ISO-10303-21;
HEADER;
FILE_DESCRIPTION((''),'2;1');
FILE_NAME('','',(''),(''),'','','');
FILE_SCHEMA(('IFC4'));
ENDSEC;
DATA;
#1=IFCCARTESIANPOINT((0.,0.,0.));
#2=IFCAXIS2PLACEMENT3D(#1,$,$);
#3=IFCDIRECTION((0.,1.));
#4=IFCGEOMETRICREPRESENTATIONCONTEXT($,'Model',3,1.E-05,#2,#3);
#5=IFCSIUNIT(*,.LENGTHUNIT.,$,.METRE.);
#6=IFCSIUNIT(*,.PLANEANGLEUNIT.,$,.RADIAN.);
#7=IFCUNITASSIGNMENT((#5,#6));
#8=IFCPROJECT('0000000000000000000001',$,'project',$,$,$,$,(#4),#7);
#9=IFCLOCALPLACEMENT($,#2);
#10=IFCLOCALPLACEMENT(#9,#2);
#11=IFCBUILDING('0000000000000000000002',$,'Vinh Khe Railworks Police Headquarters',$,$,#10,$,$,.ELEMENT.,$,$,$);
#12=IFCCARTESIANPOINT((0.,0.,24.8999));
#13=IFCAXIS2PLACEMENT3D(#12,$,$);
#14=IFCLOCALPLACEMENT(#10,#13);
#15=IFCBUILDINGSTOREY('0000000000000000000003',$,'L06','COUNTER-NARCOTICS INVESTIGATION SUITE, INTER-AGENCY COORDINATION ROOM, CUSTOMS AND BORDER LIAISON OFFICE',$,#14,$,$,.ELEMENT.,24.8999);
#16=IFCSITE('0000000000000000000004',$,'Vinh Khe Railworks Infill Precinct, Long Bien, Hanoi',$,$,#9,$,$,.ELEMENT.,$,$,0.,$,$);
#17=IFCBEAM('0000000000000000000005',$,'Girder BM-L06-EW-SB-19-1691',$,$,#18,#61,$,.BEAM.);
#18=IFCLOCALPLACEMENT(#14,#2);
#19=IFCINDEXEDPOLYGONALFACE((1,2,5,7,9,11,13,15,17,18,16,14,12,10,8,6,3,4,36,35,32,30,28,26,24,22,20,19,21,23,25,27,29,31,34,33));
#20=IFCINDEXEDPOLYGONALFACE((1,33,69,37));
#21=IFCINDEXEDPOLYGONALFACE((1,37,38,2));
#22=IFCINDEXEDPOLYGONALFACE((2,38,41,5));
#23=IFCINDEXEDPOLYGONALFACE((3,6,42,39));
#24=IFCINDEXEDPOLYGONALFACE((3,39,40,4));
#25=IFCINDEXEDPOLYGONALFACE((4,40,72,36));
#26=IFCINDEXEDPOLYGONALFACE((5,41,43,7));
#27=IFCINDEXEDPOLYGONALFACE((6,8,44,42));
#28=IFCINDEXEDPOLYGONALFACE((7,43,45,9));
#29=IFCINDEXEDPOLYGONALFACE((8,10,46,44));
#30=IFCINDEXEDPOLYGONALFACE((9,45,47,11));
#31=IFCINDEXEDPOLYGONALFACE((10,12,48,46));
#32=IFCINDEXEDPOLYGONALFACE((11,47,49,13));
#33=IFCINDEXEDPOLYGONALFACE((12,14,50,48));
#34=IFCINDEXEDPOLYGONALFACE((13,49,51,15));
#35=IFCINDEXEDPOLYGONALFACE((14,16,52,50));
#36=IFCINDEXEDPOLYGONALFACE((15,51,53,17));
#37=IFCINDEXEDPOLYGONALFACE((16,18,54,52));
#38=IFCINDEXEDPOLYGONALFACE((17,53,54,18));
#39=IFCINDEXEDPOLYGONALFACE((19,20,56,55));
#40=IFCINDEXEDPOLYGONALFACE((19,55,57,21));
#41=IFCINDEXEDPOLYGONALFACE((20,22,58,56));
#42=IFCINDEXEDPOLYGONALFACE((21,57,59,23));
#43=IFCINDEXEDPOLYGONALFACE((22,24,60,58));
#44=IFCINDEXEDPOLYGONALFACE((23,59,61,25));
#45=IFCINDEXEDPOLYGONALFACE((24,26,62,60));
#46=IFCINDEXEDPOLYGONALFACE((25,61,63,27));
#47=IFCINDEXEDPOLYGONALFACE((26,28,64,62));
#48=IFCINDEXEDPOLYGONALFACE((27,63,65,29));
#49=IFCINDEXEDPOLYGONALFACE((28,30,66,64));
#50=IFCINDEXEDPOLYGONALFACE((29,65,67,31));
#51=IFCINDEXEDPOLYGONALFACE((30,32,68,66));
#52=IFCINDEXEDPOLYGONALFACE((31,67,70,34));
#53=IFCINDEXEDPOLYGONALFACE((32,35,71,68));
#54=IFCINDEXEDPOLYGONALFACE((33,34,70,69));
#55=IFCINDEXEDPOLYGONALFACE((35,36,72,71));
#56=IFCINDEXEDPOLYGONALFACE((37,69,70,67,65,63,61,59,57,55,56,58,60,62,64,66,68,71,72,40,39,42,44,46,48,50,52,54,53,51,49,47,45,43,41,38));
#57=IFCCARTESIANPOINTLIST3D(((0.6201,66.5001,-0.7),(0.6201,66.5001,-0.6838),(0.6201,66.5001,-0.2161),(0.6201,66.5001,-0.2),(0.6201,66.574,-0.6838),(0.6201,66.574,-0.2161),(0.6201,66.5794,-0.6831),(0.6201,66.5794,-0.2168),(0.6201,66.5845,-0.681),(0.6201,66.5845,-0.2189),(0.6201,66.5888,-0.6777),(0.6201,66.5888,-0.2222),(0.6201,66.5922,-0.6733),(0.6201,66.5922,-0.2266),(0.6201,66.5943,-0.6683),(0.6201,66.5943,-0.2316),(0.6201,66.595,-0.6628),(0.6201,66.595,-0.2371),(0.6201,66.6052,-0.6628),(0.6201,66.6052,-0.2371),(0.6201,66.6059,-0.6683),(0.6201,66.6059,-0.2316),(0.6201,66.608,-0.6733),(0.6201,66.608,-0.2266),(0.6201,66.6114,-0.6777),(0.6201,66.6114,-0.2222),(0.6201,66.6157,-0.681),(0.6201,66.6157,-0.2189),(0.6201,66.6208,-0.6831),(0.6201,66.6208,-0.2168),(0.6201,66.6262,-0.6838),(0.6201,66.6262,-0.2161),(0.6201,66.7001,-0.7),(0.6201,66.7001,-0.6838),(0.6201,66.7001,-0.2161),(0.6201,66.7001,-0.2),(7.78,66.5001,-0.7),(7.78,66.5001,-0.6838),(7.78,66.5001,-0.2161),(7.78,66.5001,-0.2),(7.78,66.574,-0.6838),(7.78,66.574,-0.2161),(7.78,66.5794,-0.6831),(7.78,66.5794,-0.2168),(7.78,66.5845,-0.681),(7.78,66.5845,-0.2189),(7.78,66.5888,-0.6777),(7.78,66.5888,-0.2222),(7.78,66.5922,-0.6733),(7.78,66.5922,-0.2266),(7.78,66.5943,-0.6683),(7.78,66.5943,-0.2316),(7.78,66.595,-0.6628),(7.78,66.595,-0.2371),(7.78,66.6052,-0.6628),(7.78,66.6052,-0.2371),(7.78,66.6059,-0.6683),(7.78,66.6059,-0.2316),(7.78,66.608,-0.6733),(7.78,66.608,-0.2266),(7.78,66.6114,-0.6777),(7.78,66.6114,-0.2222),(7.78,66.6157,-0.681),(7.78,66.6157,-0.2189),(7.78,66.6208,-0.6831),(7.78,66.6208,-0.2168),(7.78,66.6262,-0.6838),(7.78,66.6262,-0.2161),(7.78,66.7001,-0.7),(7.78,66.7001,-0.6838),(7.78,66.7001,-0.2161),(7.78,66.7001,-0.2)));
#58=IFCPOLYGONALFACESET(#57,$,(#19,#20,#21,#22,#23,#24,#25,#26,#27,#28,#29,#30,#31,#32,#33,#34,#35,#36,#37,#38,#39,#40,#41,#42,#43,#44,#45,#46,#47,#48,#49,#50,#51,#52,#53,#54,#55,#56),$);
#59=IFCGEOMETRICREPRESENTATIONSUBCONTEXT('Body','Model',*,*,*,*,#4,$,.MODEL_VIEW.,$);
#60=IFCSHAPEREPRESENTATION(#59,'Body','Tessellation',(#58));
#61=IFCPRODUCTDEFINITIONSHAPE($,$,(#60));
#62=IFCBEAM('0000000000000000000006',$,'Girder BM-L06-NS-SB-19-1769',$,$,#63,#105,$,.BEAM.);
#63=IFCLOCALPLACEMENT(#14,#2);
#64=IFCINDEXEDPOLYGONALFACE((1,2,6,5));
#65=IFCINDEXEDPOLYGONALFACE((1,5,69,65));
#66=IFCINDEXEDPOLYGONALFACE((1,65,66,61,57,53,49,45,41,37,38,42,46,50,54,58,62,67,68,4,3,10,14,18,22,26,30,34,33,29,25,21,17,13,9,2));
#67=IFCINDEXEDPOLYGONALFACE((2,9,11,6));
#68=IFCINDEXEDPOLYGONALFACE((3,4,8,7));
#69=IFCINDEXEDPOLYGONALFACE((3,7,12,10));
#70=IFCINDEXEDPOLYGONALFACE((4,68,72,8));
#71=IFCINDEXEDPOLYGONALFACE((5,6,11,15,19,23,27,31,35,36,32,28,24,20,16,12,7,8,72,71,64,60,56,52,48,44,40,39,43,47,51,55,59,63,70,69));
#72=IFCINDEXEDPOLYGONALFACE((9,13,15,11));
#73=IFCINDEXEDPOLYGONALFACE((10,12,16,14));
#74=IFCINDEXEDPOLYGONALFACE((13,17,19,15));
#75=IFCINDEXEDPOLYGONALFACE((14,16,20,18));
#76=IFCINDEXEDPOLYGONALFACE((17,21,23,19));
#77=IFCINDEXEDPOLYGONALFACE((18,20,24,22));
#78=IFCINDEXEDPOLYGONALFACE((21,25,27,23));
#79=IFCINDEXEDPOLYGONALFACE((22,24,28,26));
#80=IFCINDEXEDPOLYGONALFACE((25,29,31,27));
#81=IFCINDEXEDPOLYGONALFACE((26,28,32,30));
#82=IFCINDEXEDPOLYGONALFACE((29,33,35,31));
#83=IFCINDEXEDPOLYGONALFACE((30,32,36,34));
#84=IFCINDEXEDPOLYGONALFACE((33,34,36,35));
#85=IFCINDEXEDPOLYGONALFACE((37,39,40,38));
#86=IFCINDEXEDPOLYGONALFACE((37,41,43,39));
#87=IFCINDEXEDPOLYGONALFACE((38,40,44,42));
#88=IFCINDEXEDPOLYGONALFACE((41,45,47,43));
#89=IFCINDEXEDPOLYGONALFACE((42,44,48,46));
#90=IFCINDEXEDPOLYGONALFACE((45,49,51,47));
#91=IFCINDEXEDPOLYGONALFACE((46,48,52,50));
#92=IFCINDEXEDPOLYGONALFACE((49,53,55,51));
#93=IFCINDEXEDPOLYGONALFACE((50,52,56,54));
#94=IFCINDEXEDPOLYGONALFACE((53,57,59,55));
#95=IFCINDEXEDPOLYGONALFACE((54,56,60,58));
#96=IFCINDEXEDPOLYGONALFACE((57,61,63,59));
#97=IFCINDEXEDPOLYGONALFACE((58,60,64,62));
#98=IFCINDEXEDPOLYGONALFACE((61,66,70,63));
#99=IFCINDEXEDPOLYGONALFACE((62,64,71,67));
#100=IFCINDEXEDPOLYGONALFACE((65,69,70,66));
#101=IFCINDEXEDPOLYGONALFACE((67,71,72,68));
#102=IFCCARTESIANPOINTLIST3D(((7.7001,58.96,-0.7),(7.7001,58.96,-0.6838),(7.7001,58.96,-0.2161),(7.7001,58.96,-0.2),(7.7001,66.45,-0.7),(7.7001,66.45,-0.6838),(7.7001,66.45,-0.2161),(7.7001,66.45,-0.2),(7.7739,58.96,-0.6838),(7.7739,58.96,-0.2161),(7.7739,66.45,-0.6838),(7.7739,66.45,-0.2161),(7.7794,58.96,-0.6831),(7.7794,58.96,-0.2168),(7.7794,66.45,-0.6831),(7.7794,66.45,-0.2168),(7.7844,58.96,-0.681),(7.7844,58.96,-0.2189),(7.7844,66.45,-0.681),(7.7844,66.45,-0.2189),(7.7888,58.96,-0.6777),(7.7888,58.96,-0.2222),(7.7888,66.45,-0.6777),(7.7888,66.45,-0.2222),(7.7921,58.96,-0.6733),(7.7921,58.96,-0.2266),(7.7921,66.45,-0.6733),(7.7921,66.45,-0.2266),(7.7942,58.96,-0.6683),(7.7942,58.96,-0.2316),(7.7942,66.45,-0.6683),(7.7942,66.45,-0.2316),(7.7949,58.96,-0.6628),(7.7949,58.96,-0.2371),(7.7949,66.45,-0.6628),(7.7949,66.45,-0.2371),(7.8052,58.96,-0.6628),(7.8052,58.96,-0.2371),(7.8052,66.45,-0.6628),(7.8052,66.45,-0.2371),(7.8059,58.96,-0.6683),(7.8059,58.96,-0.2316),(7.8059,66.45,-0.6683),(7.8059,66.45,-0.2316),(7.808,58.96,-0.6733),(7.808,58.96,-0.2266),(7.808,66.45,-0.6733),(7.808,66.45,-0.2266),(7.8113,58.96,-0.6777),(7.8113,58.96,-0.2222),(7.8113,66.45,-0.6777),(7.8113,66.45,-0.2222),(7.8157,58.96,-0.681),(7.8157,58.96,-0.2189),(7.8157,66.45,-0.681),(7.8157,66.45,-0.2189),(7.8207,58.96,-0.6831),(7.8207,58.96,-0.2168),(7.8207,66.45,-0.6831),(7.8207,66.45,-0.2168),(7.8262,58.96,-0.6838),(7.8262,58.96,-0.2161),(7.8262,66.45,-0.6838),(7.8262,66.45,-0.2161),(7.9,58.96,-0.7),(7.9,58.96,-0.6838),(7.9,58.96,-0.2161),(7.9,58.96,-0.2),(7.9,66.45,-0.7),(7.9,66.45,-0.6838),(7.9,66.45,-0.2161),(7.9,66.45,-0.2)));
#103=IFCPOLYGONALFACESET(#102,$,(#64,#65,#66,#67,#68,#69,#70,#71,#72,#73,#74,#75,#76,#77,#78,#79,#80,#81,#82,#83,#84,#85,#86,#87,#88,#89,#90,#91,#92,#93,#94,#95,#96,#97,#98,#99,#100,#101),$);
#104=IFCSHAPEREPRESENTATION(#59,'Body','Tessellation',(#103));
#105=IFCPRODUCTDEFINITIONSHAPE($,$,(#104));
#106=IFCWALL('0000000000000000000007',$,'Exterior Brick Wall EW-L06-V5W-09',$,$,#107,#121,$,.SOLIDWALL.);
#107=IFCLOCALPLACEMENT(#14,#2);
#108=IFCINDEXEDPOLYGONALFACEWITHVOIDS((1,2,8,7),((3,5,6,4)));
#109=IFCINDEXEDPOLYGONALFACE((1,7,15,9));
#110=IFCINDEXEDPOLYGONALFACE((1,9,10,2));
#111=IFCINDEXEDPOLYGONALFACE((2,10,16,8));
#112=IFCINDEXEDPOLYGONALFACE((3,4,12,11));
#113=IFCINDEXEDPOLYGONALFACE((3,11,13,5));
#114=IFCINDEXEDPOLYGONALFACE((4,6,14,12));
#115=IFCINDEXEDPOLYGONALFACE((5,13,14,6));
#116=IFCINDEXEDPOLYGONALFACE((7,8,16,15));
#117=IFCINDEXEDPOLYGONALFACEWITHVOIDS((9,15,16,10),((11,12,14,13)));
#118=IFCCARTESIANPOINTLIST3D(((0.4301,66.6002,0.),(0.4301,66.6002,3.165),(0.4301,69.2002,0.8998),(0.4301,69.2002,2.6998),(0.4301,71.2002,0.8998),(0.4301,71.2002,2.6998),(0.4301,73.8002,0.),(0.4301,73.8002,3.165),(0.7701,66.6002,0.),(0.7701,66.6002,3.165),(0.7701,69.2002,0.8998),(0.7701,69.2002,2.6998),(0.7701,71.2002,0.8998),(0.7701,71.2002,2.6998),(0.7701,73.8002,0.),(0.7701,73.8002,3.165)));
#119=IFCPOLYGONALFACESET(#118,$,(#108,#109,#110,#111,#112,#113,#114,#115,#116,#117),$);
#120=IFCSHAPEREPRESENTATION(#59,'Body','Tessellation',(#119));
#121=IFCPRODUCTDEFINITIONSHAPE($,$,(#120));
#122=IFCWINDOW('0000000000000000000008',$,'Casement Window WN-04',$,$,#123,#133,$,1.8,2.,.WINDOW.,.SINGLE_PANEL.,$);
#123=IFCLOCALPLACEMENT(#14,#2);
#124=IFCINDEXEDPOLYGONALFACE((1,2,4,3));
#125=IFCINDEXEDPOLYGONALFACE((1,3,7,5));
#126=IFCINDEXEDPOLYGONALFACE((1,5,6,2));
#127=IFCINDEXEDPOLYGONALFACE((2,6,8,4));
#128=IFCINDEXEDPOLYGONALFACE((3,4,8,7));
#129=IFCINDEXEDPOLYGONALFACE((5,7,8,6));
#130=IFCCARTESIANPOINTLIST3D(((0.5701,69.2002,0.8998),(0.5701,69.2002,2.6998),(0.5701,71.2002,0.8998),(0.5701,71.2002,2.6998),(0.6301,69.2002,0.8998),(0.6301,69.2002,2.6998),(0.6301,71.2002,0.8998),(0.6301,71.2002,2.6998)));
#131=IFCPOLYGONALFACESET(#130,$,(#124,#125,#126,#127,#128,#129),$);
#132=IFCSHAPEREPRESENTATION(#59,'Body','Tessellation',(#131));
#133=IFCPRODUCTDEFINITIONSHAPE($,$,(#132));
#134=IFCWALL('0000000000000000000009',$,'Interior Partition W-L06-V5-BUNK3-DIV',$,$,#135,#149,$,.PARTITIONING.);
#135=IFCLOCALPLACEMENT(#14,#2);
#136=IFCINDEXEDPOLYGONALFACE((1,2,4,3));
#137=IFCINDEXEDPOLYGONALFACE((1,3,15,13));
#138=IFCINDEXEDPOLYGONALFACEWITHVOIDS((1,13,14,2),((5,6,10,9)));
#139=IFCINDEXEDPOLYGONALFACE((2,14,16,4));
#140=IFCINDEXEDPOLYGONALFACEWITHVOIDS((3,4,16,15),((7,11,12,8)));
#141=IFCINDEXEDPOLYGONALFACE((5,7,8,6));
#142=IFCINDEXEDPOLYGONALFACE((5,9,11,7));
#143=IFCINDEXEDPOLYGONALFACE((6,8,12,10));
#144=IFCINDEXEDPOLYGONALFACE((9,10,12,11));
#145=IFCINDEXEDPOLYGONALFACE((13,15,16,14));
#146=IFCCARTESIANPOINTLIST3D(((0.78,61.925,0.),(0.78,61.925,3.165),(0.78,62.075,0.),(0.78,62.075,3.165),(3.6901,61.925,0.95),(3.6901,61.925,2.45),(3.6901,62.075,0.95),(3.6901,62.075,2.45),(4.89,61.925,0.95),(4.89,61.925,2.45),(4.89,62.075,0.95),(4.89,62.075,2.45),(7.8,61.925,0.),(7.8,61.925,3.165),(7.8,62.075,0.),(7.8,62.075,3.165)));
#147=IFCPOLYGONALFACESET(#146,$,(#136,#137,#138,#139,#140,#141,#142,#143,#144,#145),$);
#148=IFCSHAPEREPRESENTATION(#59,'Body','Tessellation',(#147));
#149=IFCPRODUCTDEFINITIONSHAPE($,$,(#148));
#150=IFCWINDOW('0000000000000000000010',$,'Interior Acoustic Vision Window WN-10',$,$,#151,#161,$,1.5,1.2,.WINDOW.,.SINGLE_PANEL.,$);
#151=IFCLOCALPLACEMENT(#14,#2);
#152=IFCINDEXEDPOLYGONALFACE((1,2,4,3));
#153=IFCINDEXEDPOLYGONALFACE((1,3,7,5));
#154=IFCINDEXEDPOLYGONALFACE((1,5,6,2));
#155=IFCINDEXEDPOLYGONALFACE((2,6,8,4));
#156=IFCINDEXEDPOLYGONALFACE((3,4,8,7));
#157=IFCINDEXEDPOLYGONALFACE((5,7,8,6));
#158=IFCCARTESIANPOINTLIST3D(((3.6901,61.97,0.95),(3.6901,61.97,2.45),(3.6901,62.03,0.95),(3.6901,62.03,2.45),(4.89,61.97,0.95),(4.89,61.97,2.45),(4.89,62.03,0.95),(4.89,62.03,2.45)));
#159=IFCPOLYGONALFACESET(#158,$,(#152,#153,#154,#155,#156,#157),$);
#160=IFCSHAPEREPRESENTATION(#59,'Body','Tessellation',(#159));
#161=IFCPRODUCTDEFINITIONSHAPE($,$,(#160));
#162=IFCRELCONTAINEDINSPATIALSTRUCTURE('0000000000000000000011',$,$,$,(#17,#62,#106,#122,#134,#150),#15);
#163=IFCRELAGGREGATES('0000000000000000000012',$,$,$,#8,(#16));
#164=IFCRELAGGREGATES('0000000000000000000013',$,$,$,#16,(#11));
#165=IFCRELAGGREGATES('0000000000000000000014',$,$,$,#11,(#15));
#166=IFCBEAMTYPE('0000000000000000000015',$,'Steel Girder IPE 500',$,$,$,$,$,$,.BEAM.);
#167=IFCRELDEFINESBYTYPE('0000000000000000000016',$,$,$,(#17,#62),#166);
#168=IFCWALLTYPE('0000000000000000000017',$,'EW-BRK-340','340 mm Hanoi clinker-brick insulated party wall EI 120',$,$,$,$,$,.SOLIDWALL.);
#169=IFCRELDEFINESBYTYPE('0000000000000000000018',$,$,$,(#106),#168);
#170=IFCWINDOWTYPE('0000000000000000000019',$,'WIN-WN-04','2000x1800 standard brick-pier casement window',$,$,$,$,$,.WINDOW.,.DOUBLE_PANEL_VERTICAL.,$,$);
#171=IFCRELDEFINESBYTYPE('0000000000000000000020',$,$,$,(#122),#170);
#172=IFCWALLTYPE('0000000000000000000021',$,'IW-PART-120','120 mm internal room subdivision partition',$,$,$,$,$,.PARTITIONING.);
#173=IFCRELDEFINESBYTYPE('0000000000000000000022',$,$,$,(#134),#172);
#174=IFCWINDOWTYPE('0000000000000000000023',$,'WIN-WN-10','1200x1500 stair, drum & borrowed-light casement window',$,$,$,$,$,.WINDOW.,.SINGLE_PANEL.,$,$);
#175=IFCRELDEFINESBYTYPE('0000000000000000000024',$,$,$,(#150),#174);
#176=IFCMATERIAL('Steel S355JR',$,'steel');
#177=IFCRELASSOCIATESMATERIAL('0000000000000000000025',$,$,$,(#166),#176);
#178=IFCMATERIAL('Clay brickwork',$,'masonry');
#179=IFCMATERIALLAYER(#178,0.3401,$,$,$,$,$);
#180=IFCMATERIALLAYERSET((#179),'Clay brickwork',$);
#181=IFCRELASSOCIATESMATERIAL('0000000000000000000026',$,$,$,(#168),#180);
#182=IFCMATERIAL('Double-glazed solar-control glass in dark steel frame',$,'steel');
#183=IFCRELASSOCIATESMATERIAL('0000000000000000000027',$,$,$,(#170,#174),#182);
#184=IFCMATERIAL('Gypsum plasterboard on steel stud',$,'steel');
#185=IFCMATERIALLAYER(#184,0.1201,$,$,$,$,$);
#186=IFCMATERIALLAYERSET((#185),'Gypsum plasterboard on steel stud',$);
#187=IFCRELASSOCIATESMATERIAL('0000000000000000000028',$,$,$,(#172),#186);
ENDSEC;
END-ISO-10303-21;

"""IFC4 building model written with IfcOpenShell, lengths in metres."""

from ifc_helpers import new_model, si_unit, direction, frame, frame_2d, origin, origin_2d, place, context, subcontext, project, spatial, rectangle, i_section, extrude, material, layer, layer_set, material_profile, profile_set, type_object, element, fill, save


model = new_model("IFC4")

# Units and contexts
model_context = context("Model", 3, precision=1e-05, world=origin(), true_north=direction((0.0, 1.0)))
body_context = subcontext(model_context, "Body", "Model", "MODEL_VIEW")
ifc_project = project(units=[si_unit("LENGTHUNIT", "METRE"), si_unit("PLANEANGLEUNIT", "RADIAN")], contexts=[model_context])

# Site, building, storey
site_placement = place(None, origin())
site = spatial("IfcSite", under=ifc_project, at=site_placement, Name="Vinh Khe Railworks Infill Precinct, Long Bien, Hanoi", CompositionType="ELEMENT", RefElevation=0.0)
building_placement = place(site_placement, origin())
building = spatial("IfcBuilding", under=site, at=building_placement, Name="Vinh Khe Railworks Police Headquarters", CompositionType="ELEMENT")
storey_placement = place(building_placement, frame((0.0, 0.0, 24.8999)))
storey = spatial("IfcBuildingStorey", under=building, at=storey_placement, Name="L06", Description="COUNTER-NARCOTICS INVESTIGATION SUITE, INTER-AGENCY COORDINATION ROOM, CUSTOMS AND BORDER LIAISON OFFICE", CompositionType="ELEMENT", Elevation=24.8999)

# Shared definitions
ifc_material_1 = material(Name="Steel S355JR", Category="steel")

# Beams
ifc_material_profile_1 = material_profile(ifc_material_1, i_section(OverallWidth=0.2, OverallDepth=0.5, WebThickness=0.0103, FlangeThickness=0.0161, FilletRadius=0.021, at=origin_2d()), Name="IPE 500")
ifc_profile_set_1 = profile_set([ifc_material_profile_1], Name="Steel S355JR")
beam_type_1 = type_object("IfcBeamType", Name="Steel Girder IPE 500", PredefinedType="BEAM", material=ifc_profile_set_1)
beam_1_placement = place(storey_placement, frame((0.6201, 66.6001, -0.45), z_axis=(1.0, 0.0, 0.0), x_axis=(0.0, 1.0, 0.0)))
element("IfcBeam", 1, at=beam_1_placement, inside=storey, type_object=beam_type_1, Name="Girder BM-L06-EW-SB-19-1691", PredefinedType="BEAM", context=body_context, shape_type="SweptSolid", body=[
    extrude(i_section(OverallWidth=0.2, OverallDepth=0.5, WebThickness=0.0103, FlangeThickness=0.0161, FilletRadius=0.021, at=origin_2d()), origin(), (0.0, 0.0, 1.0), 7.1599),
])
beam_2_placement = place(storey_placement, frame((7.8, 58.96, -0.45), z_axis=(0.0, 1.0, 0.0), x_axis=(-1.0, 0.0, 0.0)))
element("IfcBeam", 2, at=beam_2_placement, inside=storey, type_object=beam_type_1, Name="Girder BM-L06-NS-SB-19-1769", PredefinedType="BEAM", context=body_context, shape_type="SweptSolid", body=[
    extrude(i_section(OverallWidth=0.2, OverallDepth=0.5, WebThickness=0.0103, FlangeThickness=0.0161, FilletRadius=0.021, at=origin_2d()), origin(), (0.0, 0.0, 1.0), 7.49),
])

# Walls, openings, windows
ifc_material_2 = material(Name="Clay brickwork", Category="masonry")
ifc_layer_1 = layer(ifc_material_2, 0.3401)
ifc_layer_set_1 = layer_set([ifc_layer_1], Name="Clay brickwork")
wall_type_1 = type_object("IfcWallType", Name="EW-BRK-340", Description="340 mm Hanoi clinker-brick insulated party wall EI 120", PredefinedType="SOLIDWALL", material=ifc_layer_set_1)
wall_1_placement = place(storey_placement, frame((0.6001, 66.6001, 0.0), z_axis=(0.0, 0.0, 1.0), x_axis=(0.0, 1.0, 0.0)))
wall_1 = element("IfcWall", 3, at=wall_1_placement, inside=storey, type_object=wall_type_1, Name="Exterior Brick Wall EW-L06-V5W-09", PredefinedType="SOLIDWALL", context=body_context, shape_type="SweptSolid", body=[
    extrude(rectangle(XDim=7.2, YDim=0.3401, at=frame_2d((3.6001, 0.0))), origin(), (0.0, 0.0, 1.0), 3.165),
])
opening_1_placement = place(wall_1_placement, frame((2.6001, 0.0, 0.8999)))
opening_1 = element("IfcOpeningElement", 4, at=opening_1_placement, cuts=wall_1, PredefinedType="OPENING", context=body_context, shape_type="SweptSolid", body=[
    extrude(rectangle(XDim=2.0, YDim=1.8, at=frame_2d((1.0, 0.8999))), frame((0.0, 0.1851, 0.0), z_axis=(0.0, -1.0, 0.0), x_axis=(1.0, 0.0, 0.0)), (0.0, 0.0, 1.0), 0.3699),
])
ifc_material_3 = material(Name="Double-glazed solar-control glass in dark steel frame", Category="steel")
window_type_1 = type_object("IfcWindowType", Name="WIN-WN-04", Description="2000x1800 standard brick-pier casement window", PartitioningType="DOUBLE_PANEL_VERTICAL", PredefinedType="WINDOW", material=ifc_material_3)
window_1_placement = place(opening_1_placement, origin())
window_1 = element("IfcWindow", 5, at=window_1_placement, inside=storey, type_object=window_type_1, Name="Casement Window WN-04", OverallHeight=1.8, OverallWidth=2.0, PartitioningType="SINGLE_PANEL", PredefinedType="WINDOW", context=body_context, shape_type="SweptSolid", body=[
    extrude(rectangle(XDim=2.0, YDim=1.8, at=frame_2d((1.0, 0.8999))), frame((0.0, 0.03, 0.0), z_axis=(0.0, -1.0, 0.0), x_axis=(1.0, 0.0, 0.0)), (0.0, 0.0, 1.0), 0.0601),
])
fill(opening_1, window_1)
ifc_material_4 = material(Name="Gypsum plasterboard on steel stud", Category="steel")
ifc_layer_2 = layer(ifc_material_4, 0.1201)
ifc_layer_set_2 = layer_set([ifc_layer_2], Name="Gypsum plasterboard on steel stud")
wall_type_2 = type_object("IfcWallType", Name="IW-PART-120", Description="120 mm internal room subdivision partition", PredefinedType="PARTITIONING", material=ifc_layer_set_2)
wall_2_placement = place(storey_placement, frame((0.78, 62.0, 0.0), z_axis=(0.0, 0.0, 1.0), x_axis=(1.0, 0.0, 0.0)))
wall_2 = element("IfcWall", 6, at=wall_2_placement, inside=storey, type_object=wall_type_2, Name="Interior Partition W-L06-V5-BUNK3-DIV", PredefinedType="PARTITIONING", context=body_context, shape_type="SweptSolid", body=[
    extrude(rectangle(XDim=7.02, YDim=0.1499, at=frame_2d((3.51, 0.0))), origin(), (0.0, 0.0, 1.0), 3.165),
])
opening_2_placement = place(wall_2_placement, frame((2.9099, 0.0, 0.95)))
opening_2 = element("IfcOpeningElement", 7, at=opening_2_placement, cuts=wall_2, PredefinedType="OPENING", context=body_context, shape_type="SweptSolid", body=[
    extrude(rectangle(XDim=1.2, YDim=1.5, at=frame_2d((0.6001, 0.75))), frame((0.0, 0.0898, 0.0), z_axis=(0.0, -1.0, 0.0), x_axis=(1.0, 0.0, 0.0)), (0.0, 0.0, 1.0), 0.1797),
])
window_type_2 = type_object("IfcWindowType", Name="WIN-WN-10", Description="1200x1500 stair, drum & borrowed-light casement window", PartitioningType="SINGLE_PANEL", PredefinedType="WINDOW", material=ifc_material_3)
window_2_placement = place(opening_2_placement, origin())
window_2 = element("IfcWindow", 8, at=window_2_placement, inside=storey, type_object=window_type_2, Name="Interior Acoustic Vision Window WN-10", OverallHeight=1.5, OverallWidth=1.2, PartitioningType="SINGLE_PANEL", PredefinedType="WINDOW", context=body_context, shape_type="SweptSolid", body=[
    extrude(rectangle(XDim=1.2, YDim=1.5, at=frame_2d((0.6001, 0.75))), frame((0.0, 0.03, 0.0), z_axis=(0.0, -1.0, 0.0), x_axis=(1.0, 0.0, 0.0)), (0.0, 0.0, 1.0), 0.0601),
])
fill(opening_2, window_2)

save(model, "model.ifc")
